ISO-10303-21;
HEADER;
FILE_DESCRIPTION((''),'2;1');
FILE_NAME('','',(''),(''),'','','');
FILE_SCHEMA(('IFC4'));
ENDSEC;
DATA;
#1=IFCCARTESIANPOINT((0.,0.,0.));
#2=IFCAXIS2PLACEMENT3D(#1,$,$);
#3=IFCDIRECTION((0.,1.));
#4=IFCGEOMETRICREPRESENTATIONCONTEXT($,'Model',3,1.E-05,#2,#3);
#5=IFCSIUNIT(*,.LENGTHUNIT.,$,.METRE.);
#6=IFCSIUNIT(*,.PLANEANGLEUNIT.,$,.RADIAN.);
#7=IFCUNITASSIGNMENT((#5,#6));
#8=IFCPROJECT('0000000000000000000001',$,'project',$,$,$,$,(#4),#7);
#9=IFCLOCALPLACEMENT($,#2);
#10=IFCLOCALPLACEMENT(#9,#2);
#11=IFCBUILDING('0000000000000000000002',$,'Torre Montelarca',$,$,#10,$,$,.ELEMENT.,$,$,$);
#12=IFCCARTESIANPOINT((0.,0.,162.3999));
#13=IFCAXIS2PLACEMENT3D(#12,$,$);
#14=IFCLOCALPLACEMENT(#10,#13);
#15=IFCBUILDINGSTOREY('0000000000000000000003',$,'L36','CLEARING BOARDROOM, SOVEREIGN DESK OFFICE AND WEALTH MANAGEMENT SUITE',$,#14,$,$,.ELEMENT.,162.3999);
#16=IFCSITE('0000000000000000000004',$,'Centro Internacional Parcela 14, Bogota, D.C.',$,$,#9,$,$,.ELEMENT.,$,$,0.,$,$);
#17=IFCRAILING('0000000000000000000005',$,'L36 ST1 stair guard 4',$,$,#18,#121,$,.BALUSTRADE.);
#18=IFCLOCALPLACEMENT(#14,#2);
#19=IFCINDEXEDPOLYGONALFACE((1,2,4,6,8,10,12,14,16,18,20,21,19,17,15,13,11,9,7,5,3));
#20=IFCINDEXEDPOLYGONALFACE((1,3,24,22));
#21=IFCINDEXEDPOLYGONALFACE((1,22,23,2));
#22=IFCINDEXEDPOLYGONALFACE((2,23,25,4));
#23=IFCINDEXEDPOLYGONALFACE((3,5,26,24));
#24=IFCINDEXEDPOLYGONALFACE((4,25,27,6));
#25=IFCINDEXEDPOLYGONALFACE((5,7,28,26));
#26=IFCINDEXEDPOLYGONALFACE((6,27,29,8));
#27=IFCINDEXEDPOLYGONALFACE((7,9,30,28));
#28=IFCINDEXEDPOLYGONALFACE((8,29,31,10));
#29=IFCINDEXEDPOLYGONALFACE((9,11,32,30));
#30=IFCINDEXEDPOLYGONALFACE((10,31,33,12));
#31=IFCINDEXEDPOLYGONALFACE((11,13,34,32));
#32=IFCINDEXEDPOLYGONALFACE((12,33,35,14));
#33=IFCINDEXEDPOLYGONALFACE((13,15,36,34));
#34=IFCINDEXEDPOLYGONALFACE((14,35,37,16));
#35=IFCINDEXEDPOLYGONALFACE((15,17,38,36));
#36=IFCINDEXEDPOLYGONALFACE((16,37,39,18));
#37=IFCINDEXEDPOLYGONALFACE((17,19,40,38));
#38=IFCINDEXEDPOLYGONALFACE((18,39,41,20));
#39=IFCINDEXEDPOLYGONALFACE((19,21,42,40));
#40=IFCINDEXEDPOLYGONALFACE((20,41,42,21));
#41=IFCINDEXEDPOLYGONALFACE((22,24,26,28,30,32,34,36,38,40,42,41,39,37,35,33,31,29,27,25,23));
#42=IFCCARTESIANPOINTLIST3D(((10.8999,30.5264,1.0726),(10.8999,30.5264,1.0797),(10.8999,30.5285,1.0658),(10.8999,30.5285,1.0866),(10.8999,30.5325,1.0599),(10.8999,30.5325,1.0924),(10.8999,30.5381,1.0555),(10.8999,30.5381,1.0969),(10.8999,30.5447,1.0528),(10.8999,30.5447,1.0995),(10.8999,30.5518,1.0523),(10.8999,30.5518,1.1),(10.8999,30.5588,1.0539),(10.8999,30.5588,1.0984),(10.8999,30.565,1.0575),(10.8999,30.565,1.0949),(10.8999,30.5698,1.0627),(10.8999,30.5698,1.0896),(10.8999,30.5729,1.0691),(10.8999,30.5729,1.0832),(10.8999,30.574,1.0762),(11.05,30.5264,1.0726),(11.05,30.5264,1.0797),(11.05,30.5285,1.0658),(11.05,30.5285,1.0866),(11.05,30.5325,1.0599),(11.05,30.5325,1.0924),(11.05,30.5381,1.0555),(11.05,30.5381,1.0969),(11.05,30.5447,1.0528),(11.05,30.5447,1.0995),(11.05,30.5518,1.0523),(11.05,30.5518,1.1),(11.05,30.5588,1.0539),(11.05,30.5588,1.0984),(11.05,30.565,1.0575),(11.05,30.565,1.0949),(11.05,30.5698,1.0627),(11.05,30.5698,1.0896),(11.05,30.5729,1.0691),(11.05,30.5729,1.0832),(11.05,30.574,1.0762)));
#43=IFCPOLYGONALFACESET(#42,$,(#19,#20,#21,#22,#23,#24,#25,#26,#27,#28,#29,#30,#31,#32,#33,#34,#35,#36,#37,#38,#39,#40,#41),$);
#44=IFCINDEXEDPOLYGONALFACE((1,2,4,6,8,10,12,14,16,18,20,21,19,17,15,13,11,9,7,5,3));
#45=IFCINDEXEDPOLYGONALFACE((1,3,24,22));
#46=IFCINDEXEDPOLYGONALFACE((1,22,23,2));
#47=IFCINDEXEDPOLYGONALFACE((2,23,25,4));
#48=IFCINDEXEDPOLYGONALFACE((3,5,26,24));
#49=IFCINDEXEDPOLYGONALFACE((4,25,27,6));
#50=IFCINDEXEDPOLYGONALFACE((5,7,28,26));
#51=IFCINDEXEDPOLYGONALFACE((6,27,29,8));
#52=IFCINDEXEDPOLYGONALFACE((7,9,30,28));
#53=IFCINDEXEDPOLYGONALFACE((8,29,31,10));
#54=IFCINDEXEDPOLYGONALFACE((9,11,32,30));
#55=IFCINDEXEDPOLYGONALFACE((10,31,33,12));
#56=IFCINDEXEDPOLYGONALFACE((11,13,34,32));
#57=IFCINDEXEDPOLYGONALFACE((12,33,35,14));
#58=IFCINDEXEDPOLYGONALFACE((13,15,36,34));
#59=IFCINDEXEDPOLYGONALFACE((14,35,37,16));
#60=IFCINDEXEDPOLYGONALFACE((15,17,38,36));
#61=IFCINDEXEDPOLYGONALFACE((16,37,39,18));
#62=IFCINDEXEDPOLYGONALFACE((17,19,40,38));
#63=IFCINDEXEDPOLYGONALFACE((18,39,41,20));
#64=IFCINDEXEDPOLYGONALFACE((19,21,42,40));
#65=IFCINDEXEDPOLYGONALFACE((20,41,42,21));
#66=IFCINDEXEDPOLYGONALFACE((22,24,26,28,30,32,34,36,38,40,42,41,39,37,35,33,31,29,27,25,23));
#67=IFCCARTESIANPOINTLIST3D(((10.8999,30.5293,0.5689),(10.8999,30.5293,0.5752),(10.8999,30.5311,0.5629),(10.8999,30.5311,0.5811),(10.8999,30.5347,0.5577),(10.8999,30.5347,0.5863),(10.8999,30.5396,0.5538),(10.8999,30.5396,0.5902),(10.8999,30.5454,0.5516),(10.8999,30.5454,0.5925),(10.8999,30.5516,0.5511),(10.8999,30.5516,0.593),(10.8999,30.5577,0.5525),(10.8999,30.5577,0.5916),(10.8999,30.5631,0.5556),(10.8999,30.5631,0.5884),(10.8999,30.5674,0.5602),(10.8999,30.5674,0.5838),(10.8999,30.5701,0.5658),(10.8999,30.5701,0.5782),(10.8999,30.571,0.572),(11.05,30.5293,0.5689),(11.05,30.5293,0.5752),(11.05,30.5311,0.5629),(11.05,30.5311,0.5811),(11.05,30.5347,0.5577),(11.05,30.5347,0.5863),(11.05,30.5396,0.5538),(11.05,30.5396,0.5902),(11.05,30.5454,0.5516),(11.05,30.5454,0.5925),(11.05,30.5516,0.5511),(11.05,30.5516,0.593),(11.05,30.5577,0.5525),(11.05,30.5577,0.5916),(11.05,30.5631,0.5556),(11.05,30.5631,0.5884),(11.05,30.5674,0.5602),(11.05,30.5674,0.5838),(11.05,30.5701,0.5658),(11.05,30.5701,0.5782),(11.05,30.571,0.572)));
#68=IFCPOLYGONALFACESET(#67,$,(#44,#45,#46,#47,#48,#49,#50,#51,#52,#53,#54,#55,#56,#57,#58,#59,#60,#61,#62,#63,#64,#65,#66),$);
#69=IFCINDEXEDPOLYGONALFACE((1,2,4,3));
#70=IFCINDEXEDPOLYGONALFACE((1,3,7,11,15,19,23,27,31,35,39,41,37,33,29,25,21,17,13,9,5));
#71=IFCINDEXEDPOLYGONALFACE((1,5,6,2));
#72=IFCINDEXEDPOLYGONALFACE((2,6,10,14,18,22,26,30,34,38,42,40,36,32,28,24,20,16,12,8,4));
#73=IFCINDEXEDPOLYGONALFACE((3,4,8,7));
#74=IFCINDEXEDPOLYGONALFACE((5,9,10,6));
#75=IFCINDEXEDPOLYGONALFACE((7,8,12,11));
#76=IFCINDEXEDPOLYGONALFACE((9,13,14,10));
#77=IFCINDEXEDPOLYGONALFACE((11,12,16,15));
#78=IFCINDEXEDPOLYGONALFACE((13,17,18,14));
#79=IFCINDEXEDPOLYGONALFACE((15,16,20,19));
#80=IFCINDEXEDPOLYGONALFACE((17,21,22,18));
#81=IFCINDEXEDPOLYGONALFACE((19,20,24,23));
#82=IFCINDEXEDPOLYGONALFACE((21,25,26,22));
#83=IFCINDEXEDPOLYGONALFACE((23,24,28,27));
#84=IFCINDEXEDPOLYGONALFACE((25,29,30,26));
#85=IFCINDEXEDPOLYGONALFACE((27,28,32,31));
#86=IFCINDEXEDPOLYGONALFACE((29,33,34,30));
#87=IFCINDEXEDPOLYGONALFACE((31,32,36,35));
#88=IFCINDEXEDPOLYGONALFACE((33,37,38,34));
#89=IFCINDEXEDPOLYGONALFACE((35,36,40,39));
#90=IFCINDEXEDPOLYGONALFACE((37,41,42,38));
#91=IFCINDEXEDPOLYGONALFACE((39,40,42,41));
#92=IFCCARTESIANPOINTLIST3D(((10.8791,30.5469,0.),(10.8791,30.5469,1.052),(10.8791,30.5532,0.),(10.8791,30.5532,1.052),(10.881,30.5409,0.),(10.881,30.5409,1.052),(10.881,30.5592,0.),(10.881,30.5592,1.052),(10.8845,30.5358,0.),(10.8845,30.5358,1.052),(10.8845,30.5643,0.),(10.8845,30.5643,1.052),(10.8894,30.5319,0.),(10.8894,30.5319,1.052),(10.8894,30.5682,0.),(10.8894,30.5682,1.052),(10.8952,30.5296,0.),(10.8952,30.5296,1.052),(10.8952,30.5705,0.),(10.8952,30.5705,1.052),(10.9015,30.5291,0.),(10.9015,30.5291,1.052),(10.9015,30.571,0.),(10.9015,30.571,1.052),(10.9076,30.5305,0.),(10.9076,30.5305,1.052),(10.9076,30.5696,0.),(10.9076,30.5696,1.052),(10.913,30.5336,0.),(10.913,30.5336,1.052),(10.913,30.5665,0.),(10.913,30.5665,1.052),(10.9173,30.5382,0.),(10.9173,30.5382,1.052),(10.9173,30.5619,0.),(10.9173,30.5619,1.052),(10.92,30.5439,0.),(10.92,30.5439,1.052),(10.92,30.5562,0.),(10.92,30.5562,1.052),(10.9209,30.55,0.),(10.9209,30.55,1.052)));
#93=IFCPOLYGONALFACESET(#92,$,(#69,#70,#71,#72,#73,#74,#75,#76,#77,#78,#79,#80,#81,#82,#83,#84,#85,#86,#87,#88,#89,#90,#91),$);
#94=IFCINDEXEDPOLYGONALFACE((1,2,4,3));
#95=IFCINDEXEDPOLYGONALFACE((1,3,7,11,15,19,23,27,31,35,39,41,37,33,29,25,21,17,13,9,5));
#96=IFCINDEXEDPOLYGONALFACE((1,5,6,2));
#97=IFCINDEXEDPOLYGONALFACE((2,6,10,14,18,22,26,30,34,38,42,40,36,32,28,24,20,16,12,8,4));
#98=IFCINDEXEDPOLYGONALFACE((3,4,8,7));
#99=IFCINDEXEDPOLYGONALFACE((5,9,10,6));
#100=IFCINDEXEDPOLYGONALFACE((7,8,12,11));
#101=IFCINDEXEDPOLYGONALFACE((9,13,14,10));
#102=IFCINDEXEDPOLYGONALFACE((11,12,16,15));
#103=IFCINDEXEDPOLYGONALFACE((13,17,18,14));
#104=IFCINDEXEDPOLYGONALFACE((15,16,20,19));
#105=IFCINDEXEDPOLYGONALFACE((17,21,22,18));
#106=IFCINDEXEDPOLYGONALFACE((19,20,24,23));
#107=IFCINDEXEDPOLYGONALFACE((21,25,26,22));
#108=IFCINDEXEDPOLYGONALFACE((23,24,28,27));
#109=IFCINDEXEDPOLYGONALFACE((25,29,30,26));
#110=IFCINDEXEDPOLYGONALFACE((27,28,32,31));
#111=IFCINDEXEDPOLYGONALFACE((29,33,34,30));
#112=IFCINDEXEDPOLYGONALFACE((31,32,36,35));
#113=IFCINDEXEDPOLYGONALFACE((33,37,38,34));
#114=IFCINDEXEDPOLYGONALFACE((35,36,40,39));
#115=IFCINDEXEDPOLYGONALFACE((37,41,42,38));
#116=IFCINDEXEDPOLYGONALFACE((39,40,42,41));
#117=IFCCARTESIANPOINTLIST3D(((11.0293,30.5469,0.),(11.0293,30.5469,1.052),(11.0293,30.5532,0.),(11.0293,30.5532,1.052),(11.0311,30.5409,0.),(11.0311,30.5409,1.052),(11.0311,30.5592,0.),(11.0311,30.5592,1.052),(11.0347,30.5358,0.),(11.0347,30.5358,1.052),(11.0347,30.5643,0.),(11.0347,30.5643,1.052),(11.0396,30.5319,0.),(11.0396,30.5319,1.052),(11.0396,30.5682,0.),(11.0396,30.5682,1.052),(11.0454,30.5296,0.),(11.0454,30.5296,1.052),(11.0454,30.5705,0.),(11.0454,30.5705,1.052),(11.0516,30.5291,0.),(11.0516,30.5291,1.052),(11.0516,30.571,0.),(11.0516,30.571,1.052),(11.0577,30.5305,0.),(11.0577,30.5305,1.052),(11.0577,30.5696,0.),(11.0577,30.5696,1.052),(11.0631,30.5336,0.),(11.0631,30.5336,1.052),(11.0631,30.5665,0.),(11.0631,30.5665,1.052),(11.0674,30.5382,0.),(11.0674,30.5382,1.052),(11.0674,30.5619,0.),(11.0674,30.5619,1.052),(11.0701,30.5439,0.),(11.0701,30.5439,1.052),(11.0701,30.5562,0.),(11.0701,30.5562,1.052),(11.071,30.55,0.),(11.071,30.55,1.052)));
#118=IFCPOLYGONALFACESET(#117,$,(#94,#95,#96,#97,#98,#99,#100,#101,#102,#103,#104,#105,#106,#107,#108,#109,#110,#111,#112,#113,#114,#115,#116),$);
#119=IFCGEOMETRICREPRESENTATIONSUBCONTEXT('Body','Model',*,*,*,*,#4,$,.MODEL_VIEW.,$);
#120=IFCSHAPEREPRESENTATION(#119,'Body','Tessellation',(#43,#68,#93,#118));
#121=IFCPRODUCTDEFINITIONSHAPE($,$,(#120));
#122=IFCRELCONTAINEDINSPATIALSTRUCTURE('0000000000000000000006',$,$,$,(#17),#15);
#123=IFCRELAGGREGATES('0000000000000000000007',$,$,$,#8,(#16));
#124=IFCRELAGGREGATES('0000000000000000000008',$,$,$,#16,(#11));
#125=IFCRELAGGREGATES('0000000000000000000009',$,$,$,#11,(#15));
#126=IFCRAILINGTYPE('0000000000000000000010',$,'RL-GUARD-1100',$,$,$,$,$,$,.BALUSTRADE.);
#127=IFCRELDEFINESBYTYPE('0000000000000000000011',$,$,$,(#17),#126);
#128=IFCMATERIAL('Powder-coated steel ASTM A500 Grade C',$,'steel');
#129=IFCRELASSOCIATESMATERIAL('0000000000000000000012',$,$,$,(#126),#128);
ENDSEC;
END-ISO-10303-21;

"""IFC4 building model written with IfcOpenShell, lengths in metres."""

from ifc_helpers import new_model, si_unit, direction, frame, origin, origin_2d, place, context, subcontext, project, spatial, circle, extrude, material, type_object, element, save


model = new_model("IFC4")

# Units and contexts
model_context = context("Model", 3, precision=1e-05, world=origin(), true_north=direction((0.0, 1.0)))
body_context = subcontext(model_context, "Body", "Model", "MODEL_VIEW")
ifc_project = project(units=[si_unit("LENGTHUNIT", "METRE"), si_unit("PLANEANGLEUNIT", "RADIAN")], contexts=[model_context])

# Site, building, storey
site_placement = place(None, origin())
site = spatial("IfcSite", under=ifc_project, at=site_placement, Name="Centro Internacional Parcela 14, Bogota, D.C.", CompositionType="ELEMENT", RefElevation=0.0)
building_placement = place(site_placement, origin())
building = spatial("IfcBuilding", under=site, at=building_placement, Name="Torre Montelarca", CompositionType="ELEMENT")
storey_placement = place(building_placement, frame((0.0, 0.0, 162.3999)))
storey = spatial("IfcBuildingStorey", under=building, at=storey_placement, Name="L36", Description="CLEARING BOARDROOM, SOVEREIGN DESK OFFICE AND WEALTH MANAGEMENT SUITE", CompositionType="ELEMENT", Elevation=162.3999)

# Railing
ifc_material_1 = material(Name="Powder-coated steel ASTM A500 Grade C", Category="steel")
railing_type = type_object("IfcRailingType", Name="RL-GUARD-1100", PredefinedType="BALUSTRADE", material=ifc_material_1)
railing_1_placement = place(storey_placement, frame((10.8999, 30.55, 0.0)))
element("IfcRailing", 1, at=railing_1_placement, inside=storey, type_object=railing_type, Name="L36 ST1 stair guard 4", PredefinedType="BALUSTRADE", context=body_context, shape_type="SweptSolid", body=[
    extrude(circle(Radius=0.0239, at=origin_2d()), frame((0.0, 0.0, 1.0762), z_axis=(1.0, 0.0, 0.0), x_axis=(0.0, 1.0, 0.0)), (0.0, 0.0, 1.0), 0.1501),
    extrude(circle(Radius=0.021, at=origin_2d()), frame((0.0, 0.0, 0.572), z_axis=(1.0, 0.0, 0.0), x_axis=(0.0, 1.0, 0.0)), (0.0, 0.0, 1.0), 0.1501),
    extrude(circle(Radius=0.021, at=origin_2d()), origin(), (0.0, 0.0, 1.0), 1.052),
    extrude(circle(Radius=0.021, at=origin_2d()), frame((0.1501, 0.0, 0.0)), (0.0, 0.0, 1.0), 1.052),
])

save(model, "model.ifc")
